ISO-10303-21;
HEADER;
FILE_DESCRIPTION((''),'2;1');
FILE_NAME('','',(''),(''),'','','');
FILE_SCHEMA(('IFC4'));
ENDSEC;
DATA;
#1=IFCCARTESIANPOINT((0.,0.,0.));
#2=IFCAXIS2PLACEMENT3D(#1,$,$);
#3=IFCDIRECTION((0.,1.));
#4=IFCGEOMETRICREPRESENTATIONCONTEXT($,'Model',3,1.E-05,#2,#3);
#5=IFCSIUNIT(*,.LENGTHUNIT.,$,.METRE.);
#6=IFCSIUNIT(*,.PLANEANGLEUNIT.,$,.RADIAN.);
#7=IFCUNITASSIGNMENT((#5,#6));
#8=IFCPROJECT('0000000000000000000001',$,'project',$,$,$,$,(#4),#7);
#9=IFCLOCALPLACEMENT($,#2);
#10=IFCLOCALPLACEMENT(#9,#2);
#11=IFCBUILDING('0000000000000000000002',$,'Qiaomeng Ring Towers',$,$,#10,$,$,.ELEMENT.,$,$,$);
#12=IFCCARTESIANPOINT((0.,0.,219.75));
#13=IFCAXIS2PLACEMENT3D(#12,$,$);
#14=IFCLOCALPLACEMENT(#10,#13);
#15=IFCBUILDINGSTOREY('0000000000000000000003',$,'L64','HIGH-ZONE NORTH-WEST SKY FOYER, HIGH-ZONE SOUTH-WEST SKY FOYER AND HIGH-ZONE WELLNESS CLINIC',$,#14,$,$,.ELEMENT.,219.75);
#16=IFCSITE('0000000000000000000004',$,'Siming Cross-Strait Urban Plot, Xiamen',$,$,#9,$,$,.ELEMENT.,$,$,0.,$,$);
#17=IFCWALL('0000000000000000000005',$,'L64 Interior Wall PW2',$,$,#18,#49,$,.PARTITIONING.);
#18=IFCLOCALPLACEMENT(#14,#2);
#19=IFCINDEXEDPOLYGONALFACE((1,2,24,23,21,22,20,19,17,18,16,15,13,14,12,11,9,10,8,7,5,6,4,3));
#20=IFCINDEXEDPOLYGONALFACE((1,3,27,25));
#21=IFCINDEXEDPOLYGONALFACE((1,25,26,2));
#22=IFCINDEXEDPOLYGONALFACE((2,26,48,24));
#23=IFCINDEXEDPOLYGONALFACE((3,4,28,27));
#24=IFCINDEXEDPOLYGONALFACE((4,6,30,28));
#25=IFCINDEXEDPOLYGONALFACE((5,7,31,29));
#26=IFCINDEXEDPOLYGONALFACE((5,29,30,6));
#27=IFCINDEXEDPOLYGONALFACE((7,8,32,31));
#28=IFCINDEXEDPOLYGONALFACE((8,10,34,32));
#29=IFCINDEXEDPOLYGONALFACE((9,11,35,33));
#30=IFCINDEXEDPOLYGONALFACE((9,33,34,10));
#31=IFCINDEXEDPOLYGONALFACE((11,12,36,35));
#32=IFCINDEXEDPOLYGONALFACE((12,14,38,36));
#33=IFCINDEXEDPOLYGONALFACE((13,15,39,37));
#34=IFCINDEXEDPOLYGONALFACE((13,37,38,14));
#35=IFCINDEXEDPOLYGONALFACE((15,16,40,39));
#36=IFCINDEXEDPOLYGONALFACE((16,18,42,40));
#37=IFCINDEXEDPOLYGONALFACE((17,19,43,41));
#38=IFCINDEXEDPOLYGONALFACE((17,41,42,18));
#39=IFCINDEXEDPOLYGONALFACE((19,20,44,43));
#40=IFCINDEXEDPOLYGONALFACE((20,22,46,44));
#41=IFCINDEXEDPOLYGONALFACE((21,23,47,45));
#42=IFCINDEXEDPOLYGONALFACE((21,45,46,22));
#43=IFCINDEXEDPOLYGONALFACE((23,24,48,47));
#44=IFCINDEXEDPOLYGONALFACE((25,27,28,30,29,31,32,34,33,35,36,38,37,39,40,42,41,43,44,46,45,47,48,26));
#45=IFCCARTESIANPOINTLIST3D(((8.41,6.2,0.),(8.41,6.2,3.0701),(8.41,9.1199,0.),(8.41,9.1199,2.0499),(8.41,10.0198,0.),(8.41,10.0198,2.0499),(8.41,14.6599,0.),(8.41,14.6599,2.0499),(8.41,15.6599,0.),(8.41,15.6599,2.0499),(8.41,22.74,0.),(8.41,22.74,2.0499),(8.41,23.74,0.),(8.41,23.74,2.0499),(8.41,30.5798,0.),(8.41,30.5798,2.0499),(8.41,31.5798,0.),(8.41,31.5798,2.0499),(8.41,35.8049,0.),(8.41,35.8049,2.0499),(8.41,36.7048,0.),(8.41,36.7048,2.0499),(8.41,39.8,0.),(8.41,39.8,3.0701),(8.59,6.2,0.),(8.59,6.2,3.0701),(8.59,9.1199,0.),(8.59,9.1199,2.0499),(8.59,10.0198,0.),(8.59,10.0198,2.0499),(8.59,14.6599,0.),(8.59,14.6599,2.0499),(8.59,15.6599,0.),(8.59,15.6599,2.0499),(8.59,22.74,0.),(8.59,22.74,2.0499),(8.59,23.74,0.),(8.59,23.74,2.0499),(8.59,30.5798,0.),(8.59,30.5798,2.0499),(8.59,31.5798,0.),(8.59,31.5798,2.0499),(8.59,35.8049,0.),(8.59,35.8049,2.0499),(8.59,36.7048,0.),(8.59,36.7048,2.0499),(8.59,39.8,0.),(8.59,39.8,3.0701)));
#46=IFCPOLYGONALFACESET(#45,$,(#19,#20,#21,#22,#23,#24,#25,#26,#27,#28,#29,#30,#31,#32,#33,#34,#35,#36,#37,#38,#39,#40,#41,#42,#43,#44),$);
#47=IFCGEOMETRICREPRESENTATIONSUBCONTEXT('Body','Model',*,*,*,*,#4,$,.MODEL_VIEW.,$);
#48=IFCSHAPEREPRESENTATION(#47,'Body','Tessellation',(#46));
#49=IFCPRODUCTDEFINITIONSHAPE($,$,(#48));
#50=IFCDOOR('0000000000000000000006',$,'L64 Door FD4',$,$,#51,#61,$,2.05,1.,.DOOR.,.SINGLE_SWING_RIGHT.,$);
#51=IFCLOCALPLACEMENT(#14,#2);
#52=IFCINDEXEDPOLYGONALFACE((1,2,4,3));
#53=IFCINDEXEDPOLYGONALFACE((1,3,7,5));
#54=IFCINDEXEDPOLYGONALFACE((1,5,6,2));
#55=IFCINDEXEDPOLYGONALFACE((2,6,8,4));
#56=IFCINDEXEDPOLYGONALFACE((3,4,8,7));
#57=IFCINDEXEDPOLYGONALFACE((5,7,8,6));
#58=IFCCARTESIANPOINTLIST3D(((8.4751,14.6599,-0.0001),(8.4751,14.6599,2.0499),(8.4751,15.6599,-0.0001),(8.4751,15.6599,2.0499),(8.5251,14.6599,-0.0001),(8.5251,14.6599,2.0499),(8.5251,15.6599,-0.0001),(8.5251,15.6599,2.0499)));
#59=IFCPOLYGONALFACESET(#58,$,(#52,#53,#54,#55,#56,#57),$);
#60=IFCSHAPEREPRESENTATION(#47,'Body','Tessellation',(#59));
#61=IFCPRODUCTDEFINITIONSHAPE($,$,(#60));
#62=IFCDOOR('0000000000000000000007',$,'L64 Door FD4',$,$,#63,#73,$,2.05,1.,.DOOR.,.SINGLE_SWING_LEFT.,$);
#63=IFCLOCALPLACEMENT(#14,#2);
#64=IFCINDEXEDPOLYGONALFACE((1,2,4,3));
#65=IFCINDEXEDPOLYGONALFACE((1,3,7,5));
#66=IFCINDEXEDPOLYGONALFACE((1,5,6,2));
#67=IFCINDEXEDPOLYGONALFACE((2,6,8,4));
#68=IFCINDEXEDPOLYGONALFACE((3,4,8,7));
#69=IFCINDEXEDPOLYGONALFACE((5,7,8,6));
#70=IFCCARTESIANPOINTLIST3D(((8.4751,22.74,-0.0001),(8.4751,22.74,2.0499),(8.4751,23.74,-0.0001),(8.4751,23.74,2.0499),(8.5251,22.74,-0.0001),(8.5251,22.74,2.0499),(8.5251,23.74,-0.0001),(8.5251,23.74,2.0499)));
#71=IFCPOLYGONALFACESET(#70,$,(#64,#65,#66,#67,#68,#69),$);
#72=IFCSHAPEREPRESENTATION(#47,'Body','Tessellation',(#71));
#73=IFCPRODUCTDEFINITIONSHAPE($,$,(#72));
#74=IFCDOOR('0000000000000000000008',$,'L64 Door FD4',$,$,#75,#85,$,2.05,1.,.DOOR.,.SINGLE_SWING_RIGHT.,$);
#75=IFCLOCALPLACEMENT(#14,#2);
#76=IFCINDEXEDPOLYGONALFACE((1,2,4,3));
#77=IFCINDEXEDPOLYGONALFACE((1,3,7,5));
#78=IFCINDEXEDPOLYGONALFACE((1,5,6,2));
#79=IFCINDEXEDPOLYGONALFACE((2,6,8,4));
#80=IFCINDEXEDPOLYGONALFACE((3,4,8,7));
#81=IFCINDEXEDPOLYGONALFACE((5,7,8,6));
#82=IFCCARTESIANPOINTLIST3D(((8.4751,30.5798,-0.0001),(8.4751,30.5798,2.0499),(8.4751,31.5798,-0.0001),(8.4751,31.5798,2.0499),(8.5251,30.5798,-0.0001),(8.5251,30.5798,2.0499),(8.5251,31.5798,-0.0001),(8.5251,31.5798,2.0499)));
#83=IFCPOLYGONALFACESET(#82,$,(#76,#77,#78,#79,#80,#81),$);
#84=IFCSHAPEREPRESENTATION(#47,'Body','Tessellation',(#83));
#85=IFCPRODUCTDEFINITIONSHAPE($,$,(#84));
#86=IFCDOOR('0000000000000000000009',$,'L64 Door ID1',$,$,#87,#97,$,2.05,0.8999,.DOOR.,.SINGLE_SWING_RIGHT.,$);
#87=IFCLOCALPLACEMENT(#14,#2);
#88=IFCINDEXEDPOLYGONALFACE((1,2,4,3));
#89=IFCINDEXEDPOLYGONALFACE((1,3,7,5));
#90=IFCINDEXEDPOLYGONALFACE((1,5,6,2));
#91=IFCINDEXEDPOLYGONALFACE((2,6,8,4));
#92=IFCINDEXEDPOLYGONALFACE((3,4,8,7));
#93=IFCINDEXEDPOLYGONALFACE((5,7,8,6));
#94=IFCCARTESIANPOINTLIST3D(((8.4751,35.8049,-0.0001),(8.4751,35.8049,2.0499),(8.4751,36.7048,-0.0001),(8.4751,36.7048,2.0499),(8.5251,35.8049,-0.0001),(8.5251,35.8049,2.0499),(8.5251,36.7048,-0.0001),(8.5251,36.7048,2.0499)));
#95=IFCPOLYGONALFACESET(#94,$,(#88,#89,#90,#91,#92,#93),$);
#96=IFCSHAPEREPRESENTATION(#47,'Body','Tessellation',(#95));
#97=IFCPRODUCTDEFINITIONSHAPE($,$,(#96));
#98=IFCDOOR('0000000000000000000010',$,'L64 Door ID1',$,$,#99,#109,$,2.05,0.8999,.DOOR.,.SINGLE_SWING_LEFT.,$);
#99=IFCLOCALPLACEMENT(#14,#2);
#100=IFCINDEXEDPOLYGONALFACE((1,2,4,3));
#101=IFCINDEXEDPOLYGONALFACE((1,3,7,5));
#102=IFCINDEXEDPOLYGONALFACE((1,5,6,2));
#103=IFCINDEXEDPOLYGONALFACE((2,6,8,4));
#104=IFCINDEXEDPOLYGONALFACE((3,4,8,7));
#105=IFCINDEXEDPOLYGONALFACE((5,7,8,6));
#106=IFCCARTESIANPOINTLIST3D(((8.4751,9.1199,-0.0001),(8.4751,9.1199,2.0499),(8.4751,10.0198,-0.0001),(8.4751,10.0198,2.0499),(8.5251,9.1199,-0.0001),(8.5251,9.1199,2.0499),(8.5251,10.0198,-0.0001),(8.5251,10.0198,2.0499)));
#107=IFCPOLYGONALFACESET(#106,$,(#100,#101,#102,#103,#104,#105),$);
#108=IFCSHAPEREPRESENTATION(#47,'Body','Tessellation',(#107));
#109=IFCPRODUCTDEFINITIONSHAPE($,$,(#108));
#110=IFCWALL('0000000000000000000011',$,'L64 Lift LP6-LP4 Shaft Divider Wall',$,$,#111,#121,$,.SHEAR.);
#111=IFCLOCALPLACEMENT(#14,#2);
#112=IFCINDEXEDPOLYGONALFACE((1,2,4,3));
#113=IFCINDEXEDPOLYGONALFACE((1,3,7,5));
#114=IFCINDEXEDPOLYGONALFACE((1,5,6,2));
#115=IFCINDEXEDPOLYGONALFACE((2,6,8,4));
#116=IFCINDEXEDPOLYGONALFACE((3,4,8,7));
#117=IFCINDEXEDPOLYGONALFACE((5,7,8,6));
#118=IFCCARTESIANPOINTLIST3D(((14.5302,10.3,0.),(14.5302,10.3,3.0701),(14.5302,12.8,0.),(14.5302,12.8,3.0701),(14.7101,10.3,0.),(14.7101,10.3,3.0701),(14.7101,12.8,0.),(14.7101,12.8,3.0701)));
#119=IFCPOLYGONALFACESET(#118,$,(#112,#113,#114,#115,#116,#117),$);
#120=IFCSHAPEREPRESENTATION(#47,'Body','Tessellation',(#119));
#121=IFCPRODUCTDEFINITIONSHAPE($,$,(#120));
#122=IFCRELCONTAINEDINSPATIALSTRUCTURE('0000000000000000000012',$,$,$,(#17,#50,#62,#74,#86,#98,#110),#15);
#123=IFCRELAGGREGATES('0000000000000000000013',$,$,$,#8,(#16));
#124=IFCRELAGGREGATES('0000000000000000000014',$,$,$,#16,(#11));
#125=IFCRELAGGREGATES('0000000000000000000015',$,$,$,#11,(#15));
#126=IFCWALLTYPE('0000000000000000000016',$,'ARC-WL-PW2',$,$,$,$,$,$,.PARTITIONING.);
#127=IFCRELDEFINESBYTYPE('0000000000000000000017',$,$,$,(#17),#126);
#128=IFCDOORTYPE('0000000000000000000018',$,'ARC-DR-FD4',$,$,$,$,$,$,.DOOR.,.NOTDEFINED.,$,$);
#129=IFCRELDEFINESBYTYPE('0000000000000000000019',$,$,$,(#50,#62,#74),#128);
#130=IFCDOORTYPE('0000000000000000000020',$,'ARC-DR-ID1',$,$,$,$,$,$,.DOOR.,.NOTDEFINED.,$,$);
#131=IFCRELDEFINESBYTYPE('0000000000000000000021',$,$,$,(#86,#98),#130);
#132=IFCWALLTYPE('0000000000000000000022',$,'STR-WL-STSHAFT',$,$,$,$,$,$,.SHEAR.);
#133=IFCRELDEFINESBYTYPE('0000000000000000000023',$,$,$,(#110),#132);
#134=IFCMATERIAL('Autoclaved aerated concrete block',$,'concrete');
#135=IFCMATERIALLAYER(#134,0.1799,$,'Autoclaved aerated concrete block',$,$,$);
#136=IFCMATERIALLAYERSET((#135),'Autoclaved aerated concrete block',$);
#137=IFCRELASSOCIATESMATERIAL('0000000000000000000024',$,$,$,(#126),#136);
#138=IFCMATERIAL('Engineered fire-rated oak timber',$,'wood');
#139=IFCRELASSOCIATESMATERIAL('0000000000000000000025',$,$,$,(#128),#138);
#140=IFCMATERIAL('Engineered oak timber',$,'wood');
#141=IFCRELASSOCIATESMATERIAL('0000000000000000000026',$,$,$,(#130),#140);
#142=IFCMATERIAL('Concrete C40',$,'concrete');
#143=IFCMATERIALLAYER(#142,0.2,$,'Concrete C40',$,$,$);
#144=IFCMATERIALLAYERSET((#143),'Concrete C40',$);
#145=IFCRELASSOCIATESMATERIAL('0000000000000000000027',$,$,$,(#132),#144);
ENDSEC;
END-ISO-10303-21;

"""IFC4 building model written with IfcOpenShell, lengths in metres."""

from ifc_helpers import new_model, si_unit, direction, frame, frame_2d, origin, place, context, subcontext, project, spatial, rectangle, extrude, source, transform, mapped, material, layer, layer_set, type_object, element, fill, save


model = new_model("IFC4")

# Units and contexts
model_context = context("Model", 3, precision=1e-05, world=origin(), true_north=direction((0.0, 1.0)))
body_context = subcontext(model_context, "Body", "Model", "MODEL_VIEW")
ifc_project = project(units=[si_unit("LENGTHUNIT", "METRE"), si_unit("PLANEANGLEUNIT", "RADIAN")], contexts=[model_context])

# Site, building, storey
site_placement = place(None, origin())
site = spatial("IfcSite", under=ifc_project, at=site_placement, Name="Siming Cross-Strait Urban Plot, Xiamen", CompositionType="ELEMENT", RefElevation=0.0)
building_placement = place(site_placement, origin())
building = spatial("IfcBuilding", under=site, at=building_placement, Name="Qiaomeng Ring Towers", CompositionType="ELEMENT")
storey_placement = place(building_placement, frame((0.0, 0.0, 219.75)))
storey = spatial("IfcBuildingStorey", under=building, at=storey_placement, Name="L64", Description="HIGH-ZONE NORTH-WEST SKY FOYER, HIGH-ZONE SOUTH-WEST SKY FOYER AND HIGH-ZONE WELLNESS CLINIC", CompositionType="ELEMENT", Elevation=219.75)

# Shared definitions
ifc_material_1 = material(Name="Autoclaved aerated concrete block", Category="concrete")

# Wall, openings, doors
ifc_layer_1 = layer(ifc_material_1, 0.1799, Name="Autoclaved aerated concrete block")
ifc_layer_set_1 = layer_set([ifc_layer_1], Name="Autoclaved aerated concrete block")
wall_type_1 = type_object("IfcWallType", Name="ARC-WL-PW2", PredefinedType="PARTITIONING", material=ifc_layer_set_1)
wall_1_placement = place(storey_placement, frame((8.5, 6.2, 0.0), z_axis=(0.0, 0.0, 1.0), x_axis=(0.0, 1.0, 0.0)))
wall_1 = element("IfcWall", 1, at=wall_1_placement, inside=storey, type_object=wall_type_1, Name="L64 Interior Wall PW2", PredefinedType="PARTITIONING", context=body_context, shape_type="SweptSolid", body=[
    extrude(rectangle(XDim=33.6001, YDim=0.1799, at=frame_2d((16.8, 0.0))), origin(), (0.0, 0.0, 1.0), 3.0701),
])
opening_1_placement = place(wall_1_placement, frame((29.605, 0.0, 0.0)))
opening_1 = element("IfcOpeningElement", 2, at=opening_1_placement, cuts=wall_1, PredefinedType="OPENING", context=body_context, shape_type="SweptSolid", body=[
    extrude(rectangle(XDim=0.8999, YDim=2.05, at=frame_2d((0.45, 1.0249))), frame((0.0, 0.0999, 0.0), z_axis=(0.0, -1.0, 0.0), x_axis=(1.0, 0.0, 0.0)), (0.0, 0.0, 1.0), 0.2),
])
opening_2_placement = place(wall_1_placement, frame((2.9199, 0.0, 0.0)))
opening_2 = element("IfcOpeningElement", 3, at=opening_2_placement, cuts=wall_1, PredefinedType="OPENING", context=body_context, shape_type="SweptSolid", body=[
    extrude(rectangle(XDim=0.8999, YDim=2.05, at=frame_2d((0.45, 1.0249))), frame((0.0, 0.0999, 0.0), z_axis=(0.0, -1.0, 0.0), x_axis=(1.0, 0.0, 0.0)), (0.0, 0.0, 1.0), 0.2),
])
opening_3_placement = place(wall_1_placement, frame((8.46, 0.0, 0.0)))
opening_3 = element("IfcOpeningElement", 4, at=opening_3_placement, cuts=wall_1, PredefinedType="OPENING", context=body_context, shape_type="SweptSolid", body=[
    extrude(rectangle(XDim=1.0, YDim=2.05, at=frame_2d((0.5, 1.0249))), frame((0.0, 0.0999, 0.0), z_axis=(0.0, -1.0, 0.0), x_axis=(1.0, 0.0, 0.0)), (0.0, 0.0, 1.0), 0.2),
])
opening_4_placement = place(wall_1_placement, frame((16.54, 0.0, 0.0)))
opening_4 = element("IfcOpeningElement", 5, at=opening_4_placement, cuts=wall_1, PredefinedType="OPENING", context=body_context, shape_type="SweptSolid", body=[
    extrude(rectangle(XDim=1.0, YDim=2.05, at=frame_2d((0.5, 1.0249))), frame((0.0, 0.0999, 0.0), z_axis=(0.0, -1.0, 0.0), x_axis=(1.0, 0.0, 0.0)), (0.0, 0.0, 1.0), 0.2),
])
opening_5_placement = place(wall_1_placement, frame((24.3799, 0.0, 0.0)))
opening_5 = element("IfcOpeningElement", 6, at=opening_5_placement, cuts=wall_1, PredefinedType="OPENING", context=body_context, shape_type="SweptSolid", body=[
    extrude(rectangle(XDim=1.0, YDim=2.05, at=frame_2d((0.5, 1.0249))), frame((0.0, 0.0999, 0.0), z_axis=(0.0, -1.0, 0.0), x_axis=(1.0, 0.0, 0.0)), (0.0, 0.0, 1.0), 0.2),
])
ifc_material_2 = material(Name="Engineered fire-rated oak timber", Category="wood")
door_type_1 = type_object("IfcDoorType", Name="ARC-DR-FD4", OperationType="NOTDEFINED", PredefinedType="DOOR", material=ifc_material_2)
shared_shape_1 = source(origin(), body_context, "Body", "SweptSolid", [
    extrude(rectangle(XDim=1.0, YDim=2.05, at=frame_2d((0.5, 1.0249))), frame((0.0, 0.0249, 0.0), z_axis=(0.0, -1.0, 0.0), x_axis=(1.0, 0.0, 0.0)), (0.0, 0.0, 1.0), 0.05),
])
door_1_placement = place(opening_3_placement, origin())
door_1 = element("IfcDoor", 7, at=door_1_placement, inside=storey, type_object=door_type_1, Name="L64 Door FD4", OperationType="SINGLE_SWING_RIGHT", OverallHeight=2.05, OverallWidth=1.0, PredefinedType="DOOR", context=body_context, shape_type="MappedRepresentation", body=[
    mapped(shared_shape_1, transform((0.0, 0.0, 0.0), x_axis=(1.0, 0.0, 0.0), y_axis=(0.0, 1.0, 0.0), z_axis=(0.0, 0.0, 1.0), scale=1.0)),
])
fill(opening_3, door_1)
door_2_placement = place(opening_4_placement, origin())
door_2 = element("IfcDoor", 8, at=door_2_placement, inside=storey, type_object=door_type_1, Name="L64 Door FD4", OperationType="SINGLE_SWING_LEFT", OverallHeight=2.05, OverallWidth=1.0, PredefinedType="DOOR", context=body_context, shape_type="MappedRepresentation", body=[
    mapped(shared_shape_1, transform((0.0, 0.0, 0.0), x_axis=(1.0, 0.0, 0.0), y_axis=(0.0, 1.0, 0.0), z_axis=(0.0, 0.0, 1.0), scale=1.0)),
])
fill(opening_4, door_2)
door_3_placement = place(opening_5_placement, origin())
door_3 = element("IfcDoor", 9, at=door_3_placement, inside=storey, type_object=door_type_1, Name="L64 Door FD4", OperationType="SINGLE_SWING_RIGHT", OverallHeight=2.05, OverallWidth=1.0, PredefinedType="DOOR", context=body_context, shape_type="MappedRepresentation", body=[
    mapped(shared_shape_1, transform((0.0, 0.0, 0.0), x_axis=(1.0, 0.0, 0.0), y_axis=(0.0, 1.0, 0.0), z_axis=(0.0, 0.0, 1.0), scale=1.0)),
])
fill(opening_5, door_3)
ifc_material_3 = material(Name="Engineered oak timber", Category="wood")
door_type_2 = type_object("IfcDoorType", Name="ARC-DR-ID1", OperationType="NOTDEFINED", PredefinedType="DOOR", material=ifc_material_3)
shared_shape_2 = source(origin(), body_context, "Body", "SweptSolid", [
    extrude(rectangle(XDim=0.8999, YDim=2.05, at=frame_2d((0.45, 1.0249))), frame((0.0, 0.0249, 0.0), z_axis=(0.0, -1.0, 0.0), x_axis=(1.0, 0.0, 0.0)), (0.0, 0.0, 1.0), 0.05),
])
door_4_placement = place(opening_1_placement, origin())
door_4 = element("IfcDoor", 10, at=door_4_placement, inside=storey, type_object=door_type_2, Name="L64 Door ID1", OperationType="SINGLE_SWING_RIGHT", OverallHeight=2.05, OverallWidth=0.8999, PredefinedType="DOOR", context=body_context, shape_type="MappedRepresentation", body=[
    mapped(shared_shape_2, transform((0.0, 0.0, 0.0), x_axis=(1.0, 0.0, 0.0), y_axis=(0.0, 1.0, 0.0), z_axis=(0.0, 0.0, 1.0), scale=1.0)),
])
fill(opening_1, door_4)
door_5_placement = place(opening_2_placement, origin())
door_5 = element("IfcDoor", 11, at=door_5_placement, inside=storey, type_object=door_type_2, Name="L64 Door ID1", OperationType="SINGLE_SWING_LEFT", OverallHeight=2.05, OverallWidth=0.8999, PredefinedType="DOOR", context=body_context, shape_type="MappedRepresentation", body=[
    mapped(shared_shape_2, transform((0.0, 0.0, 0.0), x_axis=(1.0, 0.0, 0.0), y_axis=(0.0, 1.0, 0.0), z_axis=(0.0, 0.0, 1.0), scale=1.0)),
])
fill(opening_2, door_5)

# Wall
ifc_material_4 = material(Name="Concrete C40", Category="concrete")
ifc_layer_2 = layer(ifc_material_4, 0.2, Name="Concrete C40")
ifc_layer_set_2 = layer_set([ifc_layer_2], Name="Concrete C40")
wall_type_2 = type_object("IfcWallType", Name="STR-WL-STSHAFT", PredefinedType="SHEAR", material=ifc_layer_set_2)
wall_2_placement = place(storey_placement, frame((14.6201, 10.3, 0.0), z_axis=(0.0, 0.0, 1.0), x_axis=(0.0, 1.0, 0.0)))
element("IfcWall", 12, at=wall_2_placement, inside=storey, type_object=wall_type_2, Name="L64 Lift LP6-LP4 Shaft Divider Wall", PredefinedType="SHEAR", context=body_context, shape_type="SweptSolid", body=[
    extrude(rectangle(XDim=2.5, YDim=0.1799, at=frame_2d((1.25, 0.0))), origin(), (0.0, 0.0, 1.0), 3.0701),
])

save(model, "model.ifc")
